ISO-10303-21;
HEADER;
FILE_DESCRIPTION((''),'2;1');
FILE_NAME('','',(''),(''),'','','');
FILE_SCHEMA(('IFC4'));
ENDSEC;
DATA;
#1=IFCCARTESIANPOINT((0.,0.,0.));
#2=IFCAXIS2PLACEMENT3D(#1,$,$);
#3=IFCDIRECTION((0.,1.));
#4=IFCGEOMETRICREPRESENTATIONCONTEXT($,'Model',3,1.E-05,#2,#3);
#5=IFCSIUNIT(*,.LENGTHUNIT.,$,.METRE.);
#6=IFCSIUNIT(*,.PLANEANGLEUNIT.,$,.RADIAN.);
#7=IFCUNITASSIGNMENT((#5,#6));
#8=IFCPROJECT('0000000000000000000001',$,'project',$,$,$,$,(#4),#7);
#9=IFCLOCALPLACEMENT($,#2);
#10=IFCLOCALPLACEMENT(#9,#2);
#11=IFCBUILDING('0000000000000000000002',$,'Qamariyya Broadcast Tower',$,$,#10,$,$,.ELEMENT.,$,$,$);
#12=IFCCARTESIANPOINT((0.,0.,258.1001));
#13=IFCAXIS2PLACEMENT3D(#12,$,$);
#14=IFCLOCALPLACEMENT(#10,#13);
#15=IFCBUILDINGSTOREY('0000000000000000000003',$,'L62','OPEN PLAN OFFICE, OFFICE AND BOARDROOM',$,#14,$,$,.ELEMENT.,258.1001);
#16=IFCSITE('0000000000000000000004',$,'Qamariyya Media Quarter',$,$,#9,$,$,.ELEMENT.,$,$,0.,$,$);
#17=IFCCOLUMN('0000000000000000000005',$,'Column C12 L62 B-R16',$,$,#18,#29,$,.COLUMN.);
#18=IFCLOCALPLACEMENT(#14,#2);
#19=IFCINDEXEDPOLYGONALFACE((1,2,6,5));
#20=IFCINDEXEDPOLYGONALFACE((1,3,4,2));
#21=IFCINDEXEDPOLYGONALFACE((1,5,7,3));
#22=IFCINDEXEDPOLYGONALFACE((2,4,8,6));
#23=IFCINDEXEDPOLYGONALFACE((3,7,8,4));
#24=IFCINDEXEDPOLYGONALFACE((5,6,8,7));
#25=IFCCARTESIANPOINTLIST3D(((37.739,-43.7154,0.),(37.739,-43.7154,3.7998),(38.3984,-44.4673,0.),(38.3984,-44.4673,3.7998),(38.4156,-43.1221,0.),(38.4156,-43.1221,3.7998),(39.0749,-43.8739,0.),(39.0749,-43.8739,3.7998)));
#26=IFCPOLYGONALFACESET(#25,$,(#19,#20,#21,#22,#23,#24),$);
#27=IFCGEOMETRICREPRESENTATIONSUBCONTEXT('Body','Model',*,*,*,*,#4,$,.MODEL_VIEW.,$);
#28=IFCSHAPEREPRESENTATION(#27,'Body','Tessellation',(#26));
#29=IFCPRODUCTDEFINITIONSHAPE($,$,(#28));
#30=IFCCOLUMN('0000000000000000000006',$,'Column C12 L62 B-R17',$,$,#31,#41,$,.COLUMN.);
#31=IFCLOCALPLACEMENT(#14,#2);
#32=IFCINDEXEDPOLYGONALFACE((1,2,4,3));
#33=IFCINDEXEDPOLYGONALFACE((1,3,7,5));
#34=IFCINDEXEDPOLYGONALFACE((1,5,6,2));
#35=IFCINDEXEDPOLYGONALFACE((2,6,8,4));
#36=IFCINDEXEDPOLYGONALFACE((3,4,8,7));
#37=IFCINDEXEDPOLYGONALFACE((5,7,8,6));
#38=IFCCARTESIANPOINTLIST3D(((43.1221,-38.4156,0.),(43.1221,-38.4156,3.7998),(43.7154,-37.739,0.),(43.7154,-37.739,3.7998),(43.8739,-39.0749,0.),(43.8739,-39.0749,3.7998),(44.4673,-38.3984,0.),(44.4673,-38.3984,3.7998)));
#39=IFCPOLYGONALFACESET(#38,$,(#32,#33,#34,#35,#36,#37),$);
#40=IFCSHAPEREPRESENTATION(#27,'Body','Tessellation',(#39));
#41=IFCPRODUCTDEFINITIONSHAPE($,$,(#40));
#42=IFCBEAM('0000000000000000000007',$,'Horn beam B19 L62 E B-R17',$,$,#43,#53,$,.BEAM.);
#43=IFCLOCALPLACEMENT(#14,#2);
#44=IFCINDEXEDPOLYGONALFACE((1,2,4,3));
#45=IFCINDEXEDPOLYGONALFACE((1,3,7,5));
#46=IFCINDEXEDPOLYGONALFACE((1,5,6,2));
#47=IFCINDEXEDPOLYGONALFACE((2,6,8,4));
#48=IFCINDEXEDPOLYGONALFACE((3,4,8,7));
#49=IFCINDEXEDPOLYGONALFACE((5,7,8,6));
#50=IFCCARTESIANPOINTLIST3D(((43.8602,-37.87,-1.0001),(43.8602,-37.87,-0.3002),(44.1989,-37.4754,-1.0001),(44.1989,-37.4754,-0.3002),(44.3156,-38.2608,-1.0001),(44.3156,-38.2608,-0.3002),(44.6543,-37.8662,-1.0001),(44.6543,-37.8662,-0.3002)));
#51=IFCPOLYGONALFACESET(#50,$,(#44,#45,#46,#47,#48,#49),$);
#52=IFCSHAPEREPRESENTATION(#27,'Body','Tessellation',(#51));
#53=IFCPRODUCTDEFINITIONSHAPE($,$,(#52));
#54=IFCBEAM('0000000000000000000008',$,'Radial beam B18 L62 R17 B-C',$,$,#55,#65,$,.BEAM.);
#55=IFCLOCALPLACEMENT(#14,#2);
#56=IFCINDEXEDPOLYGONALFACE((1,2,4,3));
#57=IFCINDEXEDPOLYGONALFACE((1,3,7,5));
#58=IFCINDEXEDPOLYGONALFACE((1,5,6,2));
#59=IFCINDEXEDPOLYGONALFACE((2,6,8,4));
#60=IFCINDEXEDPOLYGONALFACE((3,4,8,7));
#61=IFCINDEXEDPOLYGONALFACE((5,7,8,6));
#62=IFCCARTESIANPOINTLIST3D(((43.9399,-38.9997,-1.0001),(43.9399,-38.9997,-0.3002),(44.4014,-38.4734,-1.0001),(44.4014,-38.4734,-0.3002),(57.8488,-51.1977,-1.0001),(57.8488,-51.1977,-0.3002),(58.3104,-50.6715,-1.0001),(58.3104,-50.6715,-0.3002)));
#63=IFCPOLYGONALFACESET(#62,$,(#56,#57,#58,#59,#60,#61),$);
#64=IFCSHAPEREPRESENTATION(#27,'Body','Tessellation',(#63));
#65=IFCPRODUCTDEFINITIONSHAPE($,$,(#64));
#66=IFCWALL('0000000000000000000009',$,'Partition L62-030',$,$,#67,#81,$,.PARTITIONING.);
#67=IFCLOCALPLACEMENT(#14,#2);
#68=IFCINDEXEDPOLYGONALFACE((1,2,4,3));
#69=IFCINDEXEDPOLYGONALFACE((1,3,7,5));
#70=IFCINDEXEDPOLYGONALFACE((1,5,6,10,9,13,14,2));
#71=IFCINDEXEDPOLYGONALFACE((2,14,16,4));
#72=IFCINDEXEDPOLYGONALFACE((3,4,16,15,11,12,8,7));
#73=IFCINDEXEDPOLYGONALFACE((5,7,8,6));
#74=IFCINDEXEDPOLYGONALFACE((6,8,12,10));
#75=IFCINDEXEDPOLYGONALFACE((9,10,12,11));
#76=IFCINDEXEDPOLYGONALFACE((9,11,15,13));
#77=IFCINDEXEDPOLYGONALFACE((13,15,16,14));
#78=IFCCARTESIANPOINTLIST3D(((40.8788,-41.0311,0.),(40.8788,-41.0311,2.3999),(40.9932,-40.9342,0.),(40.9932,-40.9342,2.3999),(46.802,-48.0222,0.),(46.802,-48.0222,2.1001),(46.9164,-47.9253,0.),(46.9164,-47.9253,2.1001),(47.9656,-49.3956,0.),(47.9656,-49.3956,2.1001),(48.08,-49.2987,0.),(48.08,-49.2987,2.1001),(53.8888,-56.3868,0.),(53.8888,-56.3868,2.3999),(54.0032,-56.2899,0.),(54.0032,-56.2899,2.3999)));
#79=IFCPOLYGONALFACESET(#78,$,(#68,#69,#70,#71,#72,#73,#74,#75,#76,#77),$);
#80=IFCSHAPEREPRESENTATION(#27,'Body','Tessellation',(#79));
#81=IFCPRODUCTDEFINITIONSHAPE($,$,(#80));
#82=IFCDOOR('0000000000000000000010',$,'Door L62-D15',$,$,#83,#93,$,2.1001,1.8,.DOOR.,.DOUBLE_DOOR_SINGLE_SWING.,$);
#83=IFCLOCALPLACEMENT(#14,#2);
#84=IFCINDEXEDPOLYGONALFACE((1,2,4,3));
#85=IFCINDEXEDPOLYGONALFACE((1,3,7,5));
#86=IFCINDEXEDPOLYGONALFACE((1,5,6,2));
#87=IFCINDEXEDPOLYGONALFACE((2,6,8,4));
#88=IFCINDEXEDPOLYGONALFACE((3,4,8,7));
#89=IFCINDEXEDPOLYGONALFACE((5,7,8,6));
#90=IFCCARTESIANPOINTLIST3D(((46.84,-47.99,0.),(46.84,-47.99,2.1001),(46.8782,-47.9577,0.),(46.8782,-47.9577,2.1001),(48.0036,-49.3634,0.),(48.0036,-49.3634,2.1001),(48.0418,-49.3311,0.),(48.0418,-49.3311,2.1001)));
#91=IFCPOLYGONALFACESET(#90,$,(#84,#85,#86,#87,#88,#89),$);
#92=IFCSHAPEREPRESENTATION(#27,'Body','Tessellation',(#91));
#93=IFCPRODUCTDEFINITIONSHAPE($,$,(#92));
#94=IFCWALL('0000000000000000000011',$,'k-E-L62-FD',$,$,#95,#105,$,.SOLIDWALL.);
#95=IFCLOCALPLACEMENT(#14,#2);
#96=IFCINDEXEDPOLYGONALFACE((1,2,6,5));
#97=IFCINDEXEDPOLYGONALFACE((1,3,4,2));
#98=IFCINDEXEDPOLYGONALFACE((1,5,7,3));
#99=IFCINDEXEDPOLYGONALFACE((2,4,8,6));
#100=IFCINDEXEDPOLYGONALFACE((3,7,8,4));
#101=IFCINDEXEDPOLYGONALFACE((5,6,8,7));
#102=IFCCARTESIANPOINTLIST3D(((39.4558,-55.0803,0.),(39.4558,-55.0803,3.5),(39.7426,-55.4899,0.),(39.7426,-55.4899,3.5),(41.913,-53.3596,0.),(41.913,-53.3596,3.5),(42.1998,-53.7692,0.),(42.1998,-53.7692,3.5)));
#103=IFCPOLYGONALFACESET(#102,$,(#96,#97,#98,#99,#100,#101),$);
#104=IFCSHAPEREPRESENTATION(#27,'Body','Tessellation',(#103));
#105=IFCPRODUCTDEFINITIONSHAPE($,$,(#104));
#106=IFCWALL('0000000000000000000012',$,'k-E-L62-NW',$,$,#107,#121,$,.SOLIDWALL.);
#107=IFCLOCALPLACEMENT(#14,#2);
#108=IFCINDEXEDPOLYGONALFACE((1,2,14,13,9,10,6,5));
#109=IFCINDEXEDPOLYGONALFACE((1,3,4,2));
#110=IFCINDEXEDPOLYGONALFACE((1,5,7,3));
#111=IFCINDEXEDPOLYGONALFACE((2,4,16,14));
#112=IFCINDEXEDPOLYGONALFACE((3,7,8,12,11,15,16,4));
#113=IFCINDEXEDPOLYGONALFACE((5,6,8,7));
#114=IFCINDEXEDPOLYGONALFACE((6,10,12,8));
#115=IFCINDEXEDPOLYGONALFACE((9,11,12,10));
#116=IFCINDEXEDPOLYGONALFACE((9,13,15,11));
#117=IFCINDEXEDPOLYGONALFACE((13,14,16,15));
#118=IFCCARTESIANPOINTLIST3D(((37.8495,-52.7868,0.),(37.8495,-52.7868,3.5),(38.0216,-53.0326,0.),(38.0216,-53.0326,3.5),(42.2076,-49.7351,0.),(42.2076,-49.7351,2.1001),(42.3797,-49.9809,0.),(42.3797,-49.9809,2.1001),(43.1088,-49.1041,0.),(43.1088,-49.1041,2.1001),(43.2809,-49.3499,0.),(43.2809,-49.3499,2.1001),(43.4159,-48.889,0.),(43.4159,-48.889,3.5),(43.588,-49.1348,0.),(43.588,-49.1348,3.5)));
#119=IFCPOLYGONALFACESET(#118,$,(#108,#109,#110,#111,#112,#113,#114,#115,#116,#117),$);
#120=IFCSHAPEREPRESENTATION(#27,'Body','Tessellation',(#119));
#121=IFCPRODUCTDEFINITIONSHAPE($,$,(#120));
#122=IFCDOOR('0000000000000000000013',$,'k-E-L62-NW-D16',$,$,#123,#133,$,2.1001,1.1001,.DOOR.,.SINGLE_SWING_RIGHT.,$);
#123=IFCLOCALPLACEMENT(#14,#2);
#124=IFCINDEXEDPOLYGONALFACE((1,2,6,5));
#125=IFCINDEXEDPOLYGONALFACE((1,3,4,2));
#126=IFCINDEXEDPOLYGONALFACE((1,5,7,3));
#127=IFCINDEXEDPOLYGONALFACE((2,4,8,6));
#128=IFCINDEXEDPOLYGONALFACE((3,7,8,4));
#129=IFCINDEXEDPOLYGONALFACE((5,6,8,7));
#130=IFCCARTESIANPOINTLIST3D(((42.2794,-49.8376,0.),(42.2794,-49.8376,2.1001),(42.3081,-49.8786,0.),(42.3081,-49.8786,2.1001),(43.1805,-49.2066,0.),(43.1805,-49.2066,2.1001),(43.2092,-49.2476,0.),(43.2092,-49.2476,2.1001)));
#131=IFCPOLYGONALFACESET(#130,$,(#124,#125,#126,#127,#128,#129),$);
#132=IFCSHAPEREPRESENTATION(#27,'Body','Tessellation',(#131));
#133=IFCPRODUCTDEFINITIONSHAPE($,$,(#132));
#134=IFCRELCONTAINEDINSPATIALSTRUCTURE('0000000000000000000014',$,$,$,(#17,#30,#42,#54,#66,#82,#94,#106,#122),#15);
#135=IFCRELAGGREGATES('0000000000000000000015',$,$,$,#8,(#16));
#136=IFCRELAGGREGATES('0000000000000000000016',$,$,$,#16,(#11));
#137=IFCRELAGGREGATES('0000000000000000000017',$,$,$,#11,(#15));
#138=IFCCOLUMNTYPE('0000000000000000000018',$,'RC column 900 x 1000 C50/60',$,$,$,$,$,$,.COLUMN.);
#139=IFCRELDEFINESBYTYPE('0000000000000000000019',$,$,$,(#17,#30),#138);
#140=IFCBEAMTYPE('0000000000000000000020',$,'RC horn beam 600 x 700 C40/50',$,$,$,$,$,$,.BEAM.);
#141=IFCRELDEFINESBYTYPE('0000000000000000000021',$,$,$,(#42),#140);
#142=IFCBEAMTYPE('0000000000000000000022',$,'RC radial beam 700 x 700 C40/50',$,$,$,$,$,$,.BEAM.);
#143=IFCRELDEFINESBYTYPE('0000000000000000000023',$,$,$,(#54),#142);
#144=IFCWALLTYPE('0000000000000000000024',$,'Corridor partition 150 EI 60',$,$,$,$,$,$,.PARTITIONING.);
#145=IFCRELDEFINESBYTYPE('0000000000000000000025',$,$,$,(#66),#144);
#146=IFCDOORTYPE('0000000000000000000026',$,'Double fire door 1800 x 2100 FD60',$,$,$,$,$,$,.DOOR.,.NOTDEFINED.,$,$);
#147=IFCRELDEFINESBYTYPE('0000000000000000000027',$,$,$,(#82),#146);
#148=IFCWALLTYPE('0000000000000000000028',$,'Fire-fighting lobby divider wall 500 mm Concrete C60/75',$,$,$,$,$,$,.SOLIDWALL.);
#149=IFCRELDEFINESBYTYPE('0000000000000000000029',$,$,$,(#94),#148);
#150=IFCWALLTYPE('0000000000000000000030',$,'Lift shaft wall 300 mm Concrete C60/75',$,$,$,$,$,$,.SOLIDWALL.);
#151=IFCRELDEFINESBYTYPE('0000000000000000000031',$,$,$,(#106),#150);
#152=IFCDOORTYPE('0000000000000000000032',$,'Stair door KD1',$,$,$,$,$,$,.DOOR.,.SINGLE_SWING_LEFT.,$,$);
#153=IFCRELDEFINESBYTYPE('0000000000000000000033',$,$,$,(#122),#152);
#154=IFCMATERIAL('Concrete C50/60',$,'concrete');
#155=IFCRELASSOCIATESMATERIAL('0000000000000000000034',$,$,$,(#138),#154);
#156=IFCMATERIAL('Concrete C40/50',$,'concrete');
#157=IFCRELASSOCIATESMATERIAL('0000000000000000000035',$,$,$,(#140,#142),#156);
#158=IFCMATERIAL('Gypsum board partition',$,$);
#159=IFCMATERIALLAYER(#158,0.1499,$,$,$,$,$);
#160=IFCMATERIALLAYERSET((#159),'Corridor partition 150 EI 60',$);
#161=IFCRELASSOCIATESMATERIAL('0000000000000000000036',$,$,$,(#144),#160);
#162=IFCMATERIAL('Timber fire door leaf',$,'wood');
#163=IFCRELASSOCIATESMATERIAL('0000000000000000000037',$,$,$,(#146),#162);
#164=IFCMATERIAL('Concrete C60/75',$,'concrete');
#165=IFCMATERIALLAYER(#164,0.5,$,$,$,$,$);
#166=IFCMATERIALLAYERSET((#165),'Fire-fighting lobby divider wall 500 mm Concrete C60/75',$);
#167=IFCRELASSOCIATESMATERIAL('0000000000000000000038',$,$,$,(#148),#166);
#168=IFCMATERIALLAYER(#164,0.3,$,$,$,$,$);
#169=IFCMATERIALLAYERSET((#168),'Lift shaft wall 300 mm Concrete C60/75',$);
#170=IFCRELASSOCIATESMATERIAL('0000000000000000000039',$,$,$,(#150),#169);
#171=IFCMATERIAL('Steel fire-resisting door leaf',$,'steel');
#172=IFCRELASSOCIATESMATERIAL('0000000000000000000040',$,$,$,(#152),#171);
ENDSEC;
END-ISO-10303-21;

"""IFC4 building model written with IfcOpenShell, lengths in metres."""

from ifc_helpers import new_model, si_unit, direction, frame, frame_2d, origin, origin_2d, place, context, subcontext, project, spatial, rectangle, extrude, material, layer, layer_set, material_profile, profile_set, type_object, element, fill, save


model = new_model("IFC4")

# Units and contexts
model_context = context("Model", 3, precision=1e-05, world=origin(), true_north=direction((0.0, 1.0)))
body_context = subcontext(model_context, "Body", "Model", "MODEL_VIEW")
ifc_project = project(units=[si_unit("LENGTHUNIT", "METRE"), si_unit("PLANEANGLEUNIT", "RADIAN")], contexts=[model_context])

# Site, building, storey
site_placement = place(None, origin())
site = spatial("IfcSite", under=ifc_project, at=site_placement, Name="Qamariyya Media Quarter", CompositionType="ELEMENT", RefElevation=0.0)
building_placement = place(site_placement, origin())
building = spatial("IfcBuilding", under=site, at=building_placement, Name="Qamariyya Broadcast Tower", CompositionType="ELEMENT")
storey_placement = place(building_placement, frame((0.0, 0.0, 258.1001)))
storey = spatial("IfcBuildingStorey", under=building, at=storey_placement, Name="L62", Description="OPEN PLAN OFFICE, OFFICE AND BOARDROOM", CompositionType="ELEMENT", Elevation=258.1001)

# Columns
ifc_material_1 = material(Name="Concrete C50/60", Category="concrete")
ifc_material_profile_1 = material_profile(ifc_material_1, rectangle(XDim=0.8999, YDim=1.0, at=origin_2d()))
ifc_profile_set_1 = profile_set([ifc_material_profile_1], Name="Concrete C50/60")
column_type = type_object("IfcColumnType", Name="RC column 900 x 1000 C50/60", PredefinedType="COLUMN", material=ifc_profile_set_1)
for number, where, z_axis, x_axis, name in (
    (1, (38.407, -43.7947, 0.0), (0.0, 0.0, 1.0), (0.75184, 0.659346, 0.0), "Column C12 L62 B-R16"),
    (2, (43.7947, -38.407, 0.0), (0.0, 0.0, 1.0), (0.659346, 0.75184, 0.0), "Column C12 L62 B-R17"),
):
    element("IfcColumn", number, at=place(storey_placement, frame(where, z_axis=z_axis, x_axis=x_axis)), inside=storey, type_object=column_type, Name=name, PredefinedType="COLUMN", context=body_context, shape_type="SweptSolid", body=[
        extrude(rectangle(XDim=0.8999, YDim=1.0, at=origin_2d()), origin(), (0.0, 0.0, 1.0), 3.7998),
    ])

# Beams
ifc_material_2 = material(Name="Concrete C40/50", Category="concrete")
ifc_material_profile_2 = material_profile(ifc_material_2, rectangle(XDim=0.6001, YDim=0.7, at=origin_2d()))
ifc_profile_set_2 = profile_set([ifc_material_profile_2], Name="Concrete C40/50")
beam_type_1 = type_object("IfcBeamType", Name="RC horn beam 600 x 700 C40/50", PredefinedType="BEAM", material=ifc_profile_set_2)
beam_1_placement = place(storey_placement, frame((44.0879, -38.0654, -0.6501), z_axis=(0.651294, 0.758826, 0.0), x_axis=(-0.758826, 0.651294, 0.0)))
element("IfcBeam", 3, at=beam_1_placement, inside=storey, type_object=beam_type_1, Name="Horn beam B19 L62 E B-R17", PredefinedType="BEAM", context=body_context, shape_type="SweptSolid", body=[
    extrude(rectangle(XDim=0.6001, YDim=0.7, at=origin_2d()), origin(), (0.0, 0.0, 1.0), 0.52),
])
ifc_material_profile_3 = material_profile(ifc_material_2, rectangle(XDim=0.7, YDim=0.7, at=origin_2d()))
ifc_profile_set_3 = profile_set([ifc_material_profile_3], Name="Concrete C40/50")
beam_type_2 = type_object("IfcBeamType", Name="RC radial beam 700 x 700 C40/50", PredefinedType="BEAM", material=ifc_profile_set_3)
beam_2_placement = place(storey_placement, frame((44.1707, -38.7366, -0.6501), z_axis=(0.751835, -0.659352, 0.0), x_axis=(0.659352, 0.751835, 0.0)))
element("IfcBeam", 4, at=beam_2_placement, inside=storey, type_object=beam_type_2, Name="Radial beam B18 L62 R17 B-C", PredefinedType="BEAM", context=body_context, shape_type="SweptSolid", body=[
    extrude(rectangle(XDim=0.7, YDim=0.7, at=origin_2d()), origin(), (0.0, 0.0, 1.0), 18.5),
])

# Wall, opening, door
ifc_material_3 = material(Name="Gypsum board partition")
ifc_layer_1 = layer(ifc_material_3, 0.1499)
ifc_layer_set_1 = layer_set([ifc_layer_1], Name="Corridor partition 150 EI 60")
wall_type_1 = type_object("IfcWallType", Name="Corridor partition 150 EI 60", PredefinedType="PARTITIONING", material=ifc_layer_set_1)
wall_1_placement = place(storey_placement, frame((40.936, -40.9827, 0.0), z_axis=(0.0, 0.0, 1.0), x_axis=(0.646426, -0.762977, 0.0)))
wall_1 = element("IfcWall", 5, at=wall_1_placement, inside=storey, type_object=wall_type_1, Name="Partition L62-030", PredefinedType="PARTITIONING", context=body_context, shape_type="SweptSolid", body=[
    extrude(rectangle(XDim=20.126, YDim=0.1499, at=frame_2d((10.063, 0.0))), origin(), (0.0, 0.0, 1.0), 2.3999),
])
opening_1_placement = place(wall_1_placement, frame((9.1631, 0.0, 0.0)))
opening_1 = element("IfcOpeningElement", 6, at=opening_1_placement, cuts=wall_1, PredefinedType="OPENING", context=body_context, shape_type="SweptSolid", body=[
    extrude(rectangle(XDim=1.8, YDim=2.1001, at=frame_2d((0.8999, 1.05))), frame((0.0, 0.085, 0.0), z_axis=(0.0, -1.0, 0.0), x_axis=(1.0, 0.0, 0.0)), (0.0, 0.0, 1.0), 0.1699),
])
ifc_material_4 = material(Name="Timber fire door leaf", Category="wood")
door_type_1 = type_object("IfcDoorType", Name="Double fire door 1800 x 2100 FD60", OperationType="NOTDEFINED", PredefinedType="DOOR", material=ifc_material_4)
door_1_placement = place(opening_1_placement, origin())
door_1 = element("IfcDoor", 7, at=door_1_placement, inside=storey, type_object=door_type_1, Name="Door L62-D15", OperationType="DOUBLE_DOOR_SINGLE_SWING", OverallHeight=2.1001, OverallWidth=1.8, PredefinedType="DOOR", context=body_context, shape_type="SweptSolid", body=[
    extrude(rectangle(XDim=1.8, YDim=2.1001, at=frame_2d((0.8999, 1.05))), frame((0.0, 0.0249, 0.0), z_axis=(0.0, -1.0, 0.0), x_axis=(1.0, 0.0, 0.0)), (0.0, 0.0, 1.0), 0.05),
])
fill(opening_1, door_1)

# Wall
ifc_material_5 = material(Name="Concrete C60/75", Category="concrete")
ifc_layer_2 = layer(ifc_material_5, 0.5)
ifc_layer_set_2 = layer_set([ifc_layer_2], Name="Fire-fighting lobby divider wall 500 mm Concrete C60/75")
wall_type_2 = type_object("IfcWallType", Name="Fire-fighting lobby divider wall 500 mm Concrete C60/75", PredefinedType="SOLIDWALL", material=ifc_layer_set_2)
wall_2_placement = place(storey_placement, frame((39.5991, -55.2852, 0.0), z_axis=(0.0, 0.0, 1.0), x_axis=(0.819136, 0.573599, 0.0)))
element("IfcWall", 8, at=wall_2_placement, inside=storey, type_object=wall_type_2, Name="k-E-L62-FD", PredefinedType="SOLIDWALL", context=body_context, shape_type="SweptSolid", body=[
    extrude(rectangle(XDim=2.9998, YDim=0.5, at=frame_2d((1.5, 0.0))), origin(), (0.0, 0.0, 1.0), 3.5),
])

# Wall, opening, door
ifc_layer_3 = layer(ifc_material_5, 0.3)
ifc_layer_set_3 = layer_set([ifc_layer_3], Name="Lift shaft wall 300 mm Concrete C60/75")
wall_type_3 = type_object("IfcWallType", Name="Lift shaft wall 300 mm Concrete C60/75", PredefinedType="SOLIDWALL", material=ifc_layer_set_3)
wall_3_placement = place(storey_placement, frame((37.9355, -52.9097, 0.0), z_axis=(0.0, 0.0, 1.0), x_axis=(0.819148, 0.573583, 0.0)))
wall_3 = element("IfcWall", 9, at=wall_3_placement, inside=storey, type_object=wall_type_3, Name="k-E-L62-NW", PredefinedType="SOLIDWALL", context=body_context, shape_type="SweptSolid", body=[
    extrude(rectangle(XDim=6.7954, YDim=0.3, at=frame_2d((3.3977, 0.0))), origin(), (0.0, 0.0, 1.0), 3.5),
])
opening_2_placement = place(wall_3_placement, frame((5.3203, 0.0, 0.0)))
opening_2 = element("IfcOpeningElement", 10, at=opening_2_placement, cuts=wall_3, PredefinedType="OPENING", context=body_context, shape_type="SweptSolid", body=[
    extrude(rectangle(XDim=1.1001, YDim=2.1001, at=frame_2d((0.55, 1.05))), frame((0.0, 0.1599, 0.0), z_axis=(0.0, -1.0, 0.0), x_axis=(1.0, 0.0, 0.0)), (0.0, 0.0, 1.0), 0.3201),
])
ifc_material_6 = material(Name="Steel fire-resisting door leaf", Category="steel")
door_type_2 = type_object("IfcDoorType", Name="Stair door KD1", OperationType="SINGLE_SWING_LEFT", PredefinedType="DOOR", material=ifc_material_6)
door_2_placement = place(opening_2_placement, origin())
door_2 = element("IfcDoor", 11, at=door_2_placement, inside=storey, type_object=door_type_2, Name="k-E-L62-NW-D16", OperationType="SINGLE_SWING_RIGHT", OverallHeight=2.1001, OverallWidth=1.1001, PredefinedType="DOOR", context=body_context, shape_type="SweptSolid", body=[
    extrude(rectangle(XDim=1.1001, YDim=2.1001, at=frame_2d((0.55, 1.05))), frame((0.0, 0.0249, 0.0), z_axis=(0.0, -1.0, 0.0), x_axis=(1.0, 0.0, 0.0)), (0.0, 0.0, 1.0), 0.05),
])
fill(opening_2, door_2)

save(model, "model.ifc")
